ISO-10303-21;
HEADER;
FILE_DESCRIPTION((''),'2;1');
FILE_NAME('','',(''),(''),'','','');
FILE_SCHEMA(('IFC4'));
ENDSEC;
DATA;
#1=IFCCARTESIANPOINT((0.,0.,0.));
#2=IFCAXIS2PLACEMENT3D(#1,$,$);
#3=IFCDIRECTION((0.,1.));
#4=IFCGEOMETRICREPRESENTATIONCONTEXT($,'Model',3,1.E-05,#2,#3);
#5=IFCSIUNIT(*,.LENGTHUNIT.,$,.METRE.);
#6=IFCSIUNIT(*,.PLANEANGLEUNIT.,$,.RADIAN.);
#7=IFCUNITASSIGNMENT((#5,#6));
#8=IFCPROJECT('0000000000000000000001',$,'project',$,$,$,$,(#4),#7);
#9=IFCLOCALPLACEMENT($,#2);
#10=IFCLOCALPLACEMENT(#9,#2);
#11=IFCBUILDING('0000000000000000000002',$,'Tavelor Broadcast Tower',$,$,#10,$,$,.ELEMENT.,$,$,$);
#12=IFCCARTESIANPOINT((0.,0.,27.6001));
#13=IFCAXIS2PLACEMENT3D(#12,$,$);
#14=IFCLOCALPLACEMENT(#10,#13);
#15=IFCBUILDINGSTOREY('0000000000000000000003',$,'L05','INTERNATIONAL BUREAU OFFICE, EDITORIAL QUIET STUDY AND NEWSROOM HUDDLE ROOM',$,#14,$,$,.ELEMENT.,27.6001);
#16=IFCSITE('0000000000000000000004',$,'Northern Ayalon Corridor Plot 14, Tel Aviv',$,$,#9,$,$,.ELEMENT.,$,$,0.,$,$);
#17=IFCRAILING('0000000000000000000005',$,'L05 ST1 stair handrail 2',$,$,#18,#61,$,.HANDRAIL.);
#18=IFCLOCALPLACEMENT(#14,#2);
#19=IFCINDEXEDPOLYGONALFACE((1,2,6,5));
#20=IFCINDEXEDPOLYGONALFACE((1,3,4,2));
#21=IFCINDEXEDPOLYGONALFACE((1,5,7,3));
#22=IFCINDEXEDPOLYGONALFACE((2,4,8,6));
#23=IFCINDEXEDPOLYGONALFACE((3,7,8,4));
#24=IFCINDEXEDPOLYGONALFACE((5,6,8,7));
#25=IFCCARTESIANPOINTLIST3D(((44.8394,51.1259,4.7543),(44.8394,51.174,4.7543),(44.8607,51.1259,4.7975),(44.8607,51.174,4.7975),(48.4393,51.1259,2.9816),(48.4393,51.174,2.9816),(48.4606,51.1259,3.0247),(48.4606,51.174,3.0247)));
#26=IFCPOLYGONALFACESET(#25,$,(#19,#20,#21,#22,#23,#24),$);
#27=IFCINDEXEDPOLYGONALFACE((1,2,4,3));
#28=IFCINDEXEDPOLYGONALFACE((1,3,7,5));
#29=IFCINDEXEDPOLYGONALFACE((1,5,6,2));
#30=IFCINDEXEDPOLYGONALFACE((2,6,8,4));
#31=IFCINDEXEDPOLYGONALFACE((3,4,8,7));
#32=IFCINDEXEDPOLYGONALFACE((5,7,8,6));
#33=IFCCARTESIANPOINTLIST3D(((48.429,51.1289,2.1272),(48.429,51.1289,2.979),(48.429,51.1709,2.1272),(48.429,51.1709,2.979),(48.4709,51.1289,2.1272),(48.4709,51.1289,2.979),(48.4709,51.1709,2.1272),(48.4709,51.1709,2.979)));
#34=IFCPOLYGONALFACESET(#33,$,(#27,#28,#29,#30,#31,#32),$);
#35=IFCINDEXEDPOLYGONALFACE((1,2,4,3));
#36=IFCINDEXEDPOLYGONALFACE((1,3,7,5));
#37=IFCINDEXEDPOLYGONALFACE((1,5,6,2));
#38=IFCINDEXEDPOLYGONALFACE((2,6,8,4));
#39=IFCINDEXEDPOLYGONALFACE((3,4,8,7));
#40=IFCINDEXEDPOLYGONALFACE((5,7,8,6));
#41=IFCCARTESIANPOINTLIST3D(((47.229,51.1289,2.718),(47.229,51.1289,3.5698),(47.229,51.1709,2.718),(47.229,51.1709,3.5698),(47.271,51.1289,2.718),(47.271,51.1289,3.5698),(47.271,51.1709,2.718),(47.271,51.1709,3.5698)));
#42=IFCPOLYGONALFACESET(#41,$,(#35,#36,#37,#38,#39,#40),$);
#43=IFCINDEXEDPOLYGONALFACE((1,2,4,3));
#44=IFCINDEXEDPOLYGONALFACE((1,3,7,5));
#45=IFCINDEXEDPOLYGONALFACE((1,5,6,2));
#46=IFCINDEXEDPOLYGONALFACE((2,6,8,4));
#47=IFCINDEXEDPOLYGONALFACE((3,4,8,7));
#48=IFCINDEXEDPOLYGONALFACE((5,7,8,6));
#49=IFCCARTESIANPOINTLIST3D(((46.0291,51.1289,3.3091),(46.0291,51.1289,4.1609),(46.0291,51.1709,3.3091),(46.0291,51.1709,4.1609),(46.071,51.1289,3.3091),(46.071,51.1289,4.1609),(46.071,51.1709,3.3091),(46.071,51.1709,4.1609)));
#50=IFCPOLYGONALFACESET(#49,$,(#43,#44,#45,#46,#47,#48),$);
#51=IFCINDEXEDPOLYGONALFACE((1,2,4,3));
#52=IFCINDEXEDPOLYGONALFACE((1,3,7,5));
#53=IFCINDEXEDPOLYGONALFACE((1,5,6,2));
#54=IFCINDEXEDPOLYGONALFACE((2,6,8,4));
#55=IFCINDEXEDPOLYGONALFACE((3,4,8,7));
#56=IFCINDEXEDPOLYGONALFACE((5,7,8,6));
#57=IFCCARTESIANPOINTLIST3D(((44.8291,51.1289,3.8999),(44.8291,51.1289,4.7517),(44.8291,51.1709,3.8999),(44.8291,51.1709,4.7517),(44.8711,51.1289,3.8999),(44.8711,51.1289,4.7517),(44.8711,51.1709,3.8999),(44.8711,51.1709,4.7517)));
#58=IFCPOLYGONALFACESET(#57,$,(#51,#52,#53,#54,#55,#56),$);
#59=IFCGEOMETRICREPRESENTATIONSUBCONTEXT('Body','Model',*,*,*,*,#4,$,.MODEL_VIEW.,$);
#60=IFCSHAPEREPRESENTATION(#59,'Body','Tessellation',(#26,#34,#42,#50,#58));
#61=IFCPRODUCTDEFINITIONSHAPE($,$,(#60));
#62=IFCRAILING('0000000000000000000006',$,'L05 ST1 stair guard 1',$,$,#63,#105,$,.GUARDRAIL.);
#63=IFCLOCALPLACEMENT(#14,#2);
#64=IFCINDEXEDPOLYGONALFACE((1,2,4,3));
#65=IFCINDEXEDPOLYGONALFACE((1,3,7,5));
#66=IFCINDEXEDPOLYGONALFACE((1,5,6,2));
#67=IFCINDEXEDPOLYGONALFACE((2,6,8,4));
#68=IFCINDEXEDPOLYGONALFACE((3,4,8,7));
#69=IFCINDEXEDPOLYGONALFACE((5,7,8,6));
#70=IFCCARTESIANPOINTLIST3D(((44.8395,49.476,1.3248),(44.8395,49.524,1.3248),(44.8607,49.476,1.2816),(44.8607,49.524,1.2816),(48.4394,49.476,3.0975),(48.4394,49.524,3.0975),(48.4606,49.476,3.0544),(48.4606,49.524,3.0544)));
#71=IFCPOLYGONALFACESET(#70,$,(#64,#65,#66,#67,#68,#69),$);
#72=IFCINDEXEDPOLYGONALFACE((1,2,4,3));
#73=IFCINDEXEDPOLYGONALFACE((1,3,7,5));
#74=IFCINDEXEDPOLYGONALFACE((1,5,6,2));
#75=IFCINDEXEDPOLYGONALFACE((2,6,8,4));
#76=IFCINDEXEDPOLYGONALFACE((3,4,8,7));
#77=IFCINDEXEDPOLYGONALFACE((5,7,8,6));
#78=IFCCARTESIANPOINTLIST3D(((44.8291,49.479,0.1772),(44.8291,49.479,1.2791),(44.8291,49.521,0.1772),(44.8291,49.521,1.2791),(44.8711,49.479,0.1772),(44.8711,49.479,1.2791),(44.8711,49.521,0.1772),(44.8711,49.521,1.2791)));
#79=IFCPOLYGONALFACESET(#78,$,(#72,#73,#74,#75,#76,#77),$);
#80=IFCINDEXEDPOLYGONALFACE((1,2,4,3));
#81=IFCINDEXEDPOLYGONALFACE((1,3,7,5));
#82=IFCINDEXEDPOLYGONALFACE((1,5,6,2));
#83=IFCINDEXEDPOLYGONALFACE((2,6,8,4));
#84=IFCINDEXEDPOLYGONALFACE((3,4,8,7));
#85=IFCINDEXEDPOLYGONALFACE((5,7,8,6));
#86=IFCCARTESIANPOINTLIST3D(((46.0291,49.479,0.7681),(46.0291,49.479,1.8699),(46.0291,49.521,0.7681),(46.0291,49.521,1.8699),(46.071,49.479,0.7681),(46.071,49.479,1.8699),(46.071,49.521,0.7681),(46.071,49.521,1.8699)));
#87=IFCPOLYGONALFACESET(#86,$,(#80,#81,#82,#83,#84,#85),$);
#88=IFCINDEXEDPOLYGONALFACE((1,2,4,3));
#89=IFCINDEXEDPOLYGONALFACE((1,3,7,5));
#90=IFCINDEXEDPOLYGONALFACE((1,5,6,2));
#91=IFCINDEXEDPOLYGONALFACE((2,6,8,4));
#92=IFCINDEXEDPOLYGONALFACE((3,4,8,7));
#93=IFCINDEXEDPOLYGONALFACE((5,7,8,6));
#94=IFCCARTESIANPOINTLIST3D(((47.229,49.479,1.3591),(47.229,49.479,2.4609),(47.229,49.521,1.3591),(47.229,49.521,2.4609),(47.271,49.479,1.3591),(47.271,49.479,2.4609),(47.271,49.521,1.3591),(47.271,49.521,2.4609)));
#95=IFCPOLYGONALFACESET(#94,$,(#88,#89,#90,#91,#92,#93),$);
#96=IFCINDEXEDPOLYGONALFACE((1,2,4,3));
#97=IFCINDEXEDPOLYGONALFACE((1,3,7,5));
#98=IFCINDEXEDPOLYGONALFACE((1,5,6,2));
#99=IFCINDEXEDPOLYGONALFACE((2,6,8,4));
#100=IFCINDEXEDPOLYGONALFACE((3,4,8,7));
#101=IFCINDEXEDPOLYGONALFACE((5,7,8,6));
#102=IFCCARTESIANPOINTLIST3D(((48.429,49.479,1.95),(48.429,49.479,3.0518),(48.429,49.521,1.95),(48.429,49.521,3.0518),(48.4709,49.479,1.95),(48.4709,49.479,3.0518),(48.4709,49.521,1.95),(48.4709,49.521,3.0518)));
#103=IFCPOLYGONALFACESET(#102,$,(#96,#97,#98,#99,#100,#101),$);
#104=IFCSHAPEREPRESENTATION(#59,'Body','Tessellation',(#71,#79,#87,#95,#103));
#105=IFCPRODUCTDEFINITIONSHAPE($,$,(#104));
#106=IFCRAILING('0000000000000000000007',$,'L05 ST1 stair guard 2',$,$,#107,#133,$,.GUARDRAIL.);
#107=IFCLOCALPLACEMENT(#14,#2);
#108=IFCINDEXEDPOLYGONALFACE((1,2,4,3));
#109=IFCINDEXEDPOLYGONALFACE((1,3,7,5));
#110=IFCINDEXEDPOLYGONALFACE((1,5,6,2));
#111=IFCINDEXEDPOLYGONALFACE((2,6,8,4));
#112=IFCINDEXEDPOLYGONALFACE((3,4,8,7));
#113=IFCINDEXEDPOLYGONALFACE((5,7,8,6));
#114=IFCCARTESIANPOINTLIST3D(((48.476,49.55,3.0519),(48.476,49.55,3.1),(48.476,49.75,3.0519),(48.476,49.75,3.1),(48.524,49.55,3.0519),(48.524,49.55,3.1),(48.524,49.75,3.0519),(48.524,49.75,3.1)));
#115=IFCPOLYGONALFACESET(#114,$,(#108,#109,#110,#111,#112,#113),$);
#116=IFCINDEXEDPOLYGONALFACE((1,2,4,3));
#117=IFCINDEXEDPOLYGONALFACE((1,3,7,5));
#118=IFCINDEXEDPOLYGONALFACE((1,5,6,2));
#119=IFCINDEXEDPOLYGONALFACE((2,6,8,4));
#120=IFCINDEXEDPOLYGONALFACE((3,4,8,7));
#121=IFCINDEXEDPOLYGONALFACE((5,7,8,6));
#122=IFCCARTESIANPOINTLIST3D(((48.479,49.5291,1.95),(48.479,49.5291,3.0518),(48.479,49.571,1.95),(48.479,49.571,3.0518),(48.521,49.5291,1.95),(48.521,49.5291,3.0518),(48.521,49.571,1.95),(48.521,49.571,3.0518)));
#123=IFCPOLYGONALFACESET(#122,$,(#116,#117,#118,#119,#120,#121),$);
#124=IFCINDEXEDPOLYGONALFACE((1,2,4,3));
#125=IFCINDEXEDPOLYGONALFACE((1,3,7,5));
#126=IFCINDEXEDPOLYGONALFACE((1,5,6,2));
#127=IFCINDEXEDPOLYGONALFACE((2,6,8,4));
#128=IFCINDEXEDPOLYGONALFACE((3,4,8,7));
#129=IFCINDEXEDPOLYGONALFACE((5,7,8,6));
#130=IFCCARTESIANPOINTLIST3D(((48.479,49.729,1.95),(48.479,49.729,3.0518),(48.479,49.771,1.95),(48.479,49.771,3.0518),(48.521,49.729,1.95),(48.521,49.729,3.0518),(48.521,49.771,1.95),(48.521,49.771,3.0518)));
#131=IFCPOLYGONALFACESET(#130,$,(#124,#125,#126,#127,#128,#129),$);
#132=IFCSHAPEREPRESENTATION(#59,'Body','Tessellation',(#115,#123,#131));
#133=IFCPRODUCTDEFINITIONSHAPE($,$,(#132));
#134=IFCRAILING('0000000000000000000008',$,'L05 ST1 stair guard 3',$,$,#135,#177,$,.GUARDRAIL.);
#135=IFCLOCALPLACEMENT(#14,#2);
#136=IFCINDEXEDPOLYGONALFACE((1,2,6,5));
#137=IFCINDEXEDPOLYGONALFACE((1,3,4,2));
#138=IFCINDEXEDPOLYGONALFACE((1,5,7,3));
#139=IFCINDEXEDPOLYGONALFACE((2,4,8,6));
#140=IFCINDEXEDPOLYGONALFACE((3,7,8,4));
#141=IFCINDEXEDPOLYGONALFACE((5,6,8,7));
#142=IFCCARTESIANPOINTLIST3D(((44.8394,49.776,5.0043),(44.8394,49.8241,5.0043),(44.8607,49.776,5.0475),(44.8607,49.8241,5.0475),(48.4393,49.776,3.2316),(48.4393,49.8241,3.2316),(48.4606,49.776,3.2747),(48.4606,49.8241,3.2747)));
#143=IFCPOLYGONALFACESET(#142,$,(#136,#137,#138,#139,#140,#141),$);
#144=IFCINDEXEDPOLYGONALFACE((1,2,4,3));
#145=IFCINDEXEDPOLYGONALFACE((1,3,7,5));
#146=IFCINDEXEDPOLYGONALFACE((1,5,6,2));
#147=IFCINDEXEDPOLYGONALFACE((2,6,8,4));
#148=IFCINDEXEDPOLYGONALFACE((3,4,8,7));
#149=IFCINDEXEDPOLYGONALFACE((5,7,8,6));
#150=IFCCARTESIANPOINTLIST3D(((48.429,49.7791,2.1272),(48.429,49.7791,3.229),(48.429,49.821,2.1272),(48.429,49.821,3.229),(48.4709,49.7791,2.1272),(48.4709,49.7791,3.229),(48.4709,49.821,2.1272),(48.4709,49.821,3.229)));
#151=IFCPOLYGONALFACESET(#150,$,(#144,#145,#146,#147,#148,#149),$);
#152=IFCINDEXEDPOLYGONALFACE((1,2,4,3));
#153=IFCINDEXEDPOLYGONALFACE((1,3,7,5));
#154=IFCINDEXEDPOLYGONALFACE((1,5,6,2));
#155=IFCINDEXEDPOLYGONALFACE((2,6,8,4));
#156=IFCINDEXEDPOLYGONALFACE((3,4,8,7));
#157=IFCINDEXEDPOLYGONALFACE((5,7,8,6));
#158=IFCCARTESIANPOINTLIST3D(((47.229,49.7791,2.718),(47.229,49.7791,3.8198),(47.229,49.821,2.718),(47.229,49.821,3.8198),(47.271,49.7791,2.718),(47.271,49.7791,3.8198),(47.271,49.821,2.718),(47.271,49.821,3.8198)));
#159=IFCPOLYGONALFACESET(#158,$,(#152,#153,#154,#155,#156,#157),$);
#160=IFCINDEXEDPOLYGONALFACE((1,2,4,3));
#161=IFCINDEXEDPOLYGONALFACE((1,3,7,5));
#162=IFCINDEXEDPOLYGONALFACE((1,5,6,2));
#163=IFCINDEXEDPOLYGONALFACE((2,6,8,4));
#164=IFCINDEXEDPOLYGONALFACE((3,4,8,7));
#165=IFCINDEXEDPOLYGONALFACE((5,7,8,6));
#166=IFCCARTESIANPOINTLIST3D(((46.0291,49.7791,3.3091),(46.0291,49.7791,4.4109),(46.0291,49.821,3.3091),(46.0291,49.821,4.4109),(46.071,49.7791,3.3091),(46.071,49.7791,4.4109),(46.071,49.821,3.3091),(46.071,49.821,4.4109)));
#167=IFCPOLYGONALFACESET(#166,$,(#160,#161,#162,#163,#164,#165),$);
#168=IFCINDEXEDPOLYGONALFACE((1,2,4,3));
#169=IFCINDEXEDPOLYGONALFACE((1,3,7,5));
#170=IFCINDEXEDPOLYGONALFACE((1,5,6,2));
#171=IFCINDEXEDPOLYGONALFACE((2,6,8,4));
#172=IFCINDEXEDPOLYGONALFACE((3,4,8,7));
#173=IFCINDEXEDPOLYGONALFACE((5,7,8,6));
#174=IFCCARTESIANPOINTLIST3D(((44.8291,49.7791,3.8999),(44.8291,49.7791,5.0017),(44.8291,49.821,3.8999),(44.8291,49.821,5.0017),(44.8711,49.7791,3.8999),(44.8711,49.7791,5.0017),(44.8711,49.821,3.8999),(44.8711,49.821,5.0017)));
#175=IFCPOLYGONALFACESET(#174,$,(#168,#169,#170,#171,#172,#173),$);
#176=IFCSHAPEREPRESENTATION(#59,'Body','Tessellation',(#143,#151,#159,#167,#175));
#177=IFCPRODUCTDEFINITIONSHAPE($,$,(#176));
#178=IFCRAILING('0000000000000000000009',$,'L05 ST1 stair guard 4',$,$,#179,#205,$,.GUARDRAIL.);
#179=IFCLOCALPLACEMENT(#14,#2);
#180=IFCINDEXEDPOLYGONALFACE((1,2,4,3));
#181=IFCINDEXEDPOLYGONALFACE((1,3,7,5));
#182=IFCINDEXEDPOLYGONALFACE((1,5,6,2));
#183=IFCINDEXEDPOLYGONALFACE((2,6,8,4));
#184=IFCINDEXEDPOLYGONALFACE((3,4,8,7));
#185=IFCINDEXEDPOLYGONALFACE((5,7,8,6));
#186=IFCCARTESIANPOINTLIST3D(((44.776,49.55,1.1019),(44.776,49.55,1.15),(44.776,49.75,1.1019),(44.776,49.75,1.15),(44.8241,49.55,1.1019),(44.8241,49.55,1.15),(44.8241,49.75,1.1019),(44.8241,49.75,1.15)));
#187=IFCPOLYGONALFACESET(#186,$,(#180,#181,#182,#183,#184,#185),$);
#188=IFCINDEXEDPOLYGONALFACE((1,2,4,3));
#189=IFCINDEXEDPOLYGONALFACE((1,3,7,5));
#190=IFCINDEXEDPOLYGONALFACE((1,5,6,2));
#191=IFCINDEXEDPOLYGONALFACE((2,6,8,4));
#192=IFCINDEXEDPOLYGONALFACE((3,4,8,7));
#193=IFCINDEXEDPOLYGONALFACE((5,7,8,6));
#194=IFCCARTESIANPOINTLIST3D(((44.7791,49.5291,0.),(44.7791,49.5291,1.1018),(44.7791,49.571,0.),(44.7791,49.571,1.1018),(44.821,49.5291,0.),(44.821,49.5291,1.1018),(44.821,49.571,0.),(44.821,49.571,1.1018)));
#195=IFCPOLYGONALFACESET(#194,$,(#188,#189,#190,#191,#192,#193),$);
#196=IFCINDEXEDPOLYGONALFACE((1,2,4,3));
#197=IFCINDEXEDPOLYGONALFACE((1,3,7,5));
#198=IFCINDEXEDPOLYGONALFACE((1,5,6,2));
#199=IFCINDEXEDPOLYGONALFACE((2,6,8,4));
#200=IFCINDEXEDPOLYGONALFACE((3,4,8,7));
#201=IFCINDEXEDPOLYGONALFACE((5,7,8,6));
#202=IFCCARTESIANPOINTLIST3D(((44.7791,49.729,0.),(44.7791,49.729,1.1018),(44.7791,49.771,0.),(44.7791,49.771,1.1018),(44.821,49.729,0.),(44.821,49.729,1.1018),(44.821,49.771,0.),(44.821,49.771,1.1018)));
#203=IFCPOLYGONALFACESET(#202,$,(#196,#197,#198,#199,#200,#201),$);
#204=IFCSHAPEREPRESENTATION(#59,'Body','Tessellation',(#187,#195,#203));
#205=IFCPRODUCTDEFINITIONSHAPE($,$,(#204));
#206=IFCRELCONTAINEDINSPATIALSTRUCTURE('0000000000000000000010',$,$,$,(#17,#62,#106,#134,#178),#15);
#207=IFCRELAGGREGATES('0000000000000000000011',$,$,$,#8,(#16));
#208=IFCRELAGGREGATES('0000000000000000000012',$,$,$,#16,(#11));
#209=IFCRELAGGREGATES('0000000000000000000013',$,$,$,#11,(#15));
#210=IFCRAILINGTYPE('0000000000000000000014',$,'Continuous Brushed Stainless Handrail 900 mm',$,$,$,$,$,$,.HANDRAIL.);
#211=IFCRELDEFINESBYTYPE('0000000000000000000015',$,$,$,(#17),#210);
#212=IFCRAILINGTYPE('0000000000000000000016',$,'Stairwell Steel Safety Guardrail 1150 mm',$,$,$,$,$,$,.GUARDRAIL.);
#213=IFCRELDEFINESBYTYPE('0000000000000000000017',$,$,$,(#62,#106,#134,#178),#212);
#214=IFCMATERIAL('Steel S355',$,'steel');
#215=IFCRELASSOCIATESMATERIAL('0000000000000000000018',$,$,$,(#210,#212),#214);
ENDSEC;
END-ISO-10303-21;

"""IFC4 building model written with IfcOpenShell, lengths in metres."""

from ifc_helpers import new_model, si_unit, direction, frame, origin, origin_2d, place, context, subcontext, project, spatial, rectangle, extrude, material, type_object, element, save


model = new_model("IFC4")

# Units and contexts
model_context = context("Model", 3, precision=1e-05, world=origin(), true_north=direction((0.0, 1.0)))
body_context = subcontext(model_context, "Body", "Model", "MODEL_VIEW")
ifc_project = project(units=[si_unit("LENGTHUNIT", "METRE"), si_unit("PLANEANGLEUNIT", "RADIAN")], contexts=[model_context])

# Site, building, storey
site_placement = place(None, origin())
site = spatial("IfcSite", under=ifc_project, at=site_placement, Name="Northern Ayalon Corridor Plot 14, Tel Aviv", CompositionType="ELEMENT", RefElevation=0.0)
building_placement = place(site_placement, origin())
building = spatial("IfcBuilding", under=site, at=building_placement, Name="Tavelor Broadcast Tower", CompositionType="ELEMENT")
storey_placement = place(building_placement, frame((0.0, 0.0, 27.6001)))
storey = spatial("IfcBuildingStorey", under=building, at=storey_placement, Name="L05", Description="INTERNATIONAL BUREAU OFFICE, EDITORIAL QUIET STUDY AND NEWSROOM HUDDLE ROOM", CompositionType="ELEMENT", Elevation=27.6001)

# Shared definitions
ifc_material_1 = material(Name="Steel S355", Category="steel")

# Railings
railing_type_1 = type_object("IfcRailingType", Name="Continuous Brushed Stainless Handrail 900 mm", PredefinedType="HANDRAIL", material=ifc_material_1)
railing_1_placement = place(storey_placement, frame((48.45, 51.1499, 2.1272)))
element("IfcRailing", 1, at=railing_1_placement, inside=storey, type_object=railing_type_1, Name="L05 ST1 stair handrail 2", PredefinedType="HANDRAIL", context=body_context, shape_type="SweptSolid", body=[
    extrude(rectangle(XDim=0.0481, YDim=0.0481, at=origin_2d()), frame((0.0, 0.0, 0.876), z_axis=(-0.897124, 0.0, 0.441778), x_axis=(0.0, -1.0, 0.0)), (0.0, 0.0, 1.0), 4.0127),
    extrude(rectangle(XDim=0.042, YDim=0.042, at=origin_2d()), origin(), (0.0, 0.0, 1.0), 0.8518),
    extrude(rectangle(XDim=0.042, YDim=0.042, at=origin_2d()), frame((-1.2, 0.0, 0.5908)), (0.0, 0.0, 1.0), 0.8518),
    extrude(rectangle(XDim=0.042, YDim=0.042, at=origin_2d()), frame((-2.3999, 0.0, 1.1819)), (0.0, 0.0, 1.0), 0.8518),
    extrude(rectangle(XDim=0.042, YDim=0.042, at=origin_2d()), frame((-3.5999, 0.0, 1.7727)), (0.0, 0.0, 1.0), 0.8518),
])
railing_type_2 = type_object("IfcRailingType", Name="Stairwell Steel Safety Guardrail 1150 mm", PredefinedType="GUARDRAIL", material=ifc_material_1)
railing_2_placement = place(storey_placement, frame((44.8501, 49.5, 0.1772)))
element("IfcRailing", 2, at=railing_2_placement, inside=storey, type_object=railing_type_2, Name="L05 ST1 stair guard 1", PredefinedType="GUARDRAIL", context=body_context, shape_type="SweptSolid", body=[
    extrude(rectangle(XDim=0.0481, YDim=0.0481, at=origin_2d()), frame((0.0, 0.0, 1.126), z_axis=(0.897124, 0.0, 0.441778), x_axis=(0.0, 1.0, 0.0)), (0.0, 0.0, 1.0), 4.0127),
    extrude(rectangle(XDim=0.042, YDim=0.042, at=origin_2d()), origin(), (0.0, 0.0, 1.0), 1.1018),
    extrude(rectangle(XDim=0.042, YDim=0.042, at=origin_2d()), frame((1.2, 0.0, 0.5908)), (0.0, 0.0, 1.0), 1.1018),
    extrude(rectangle(XDim=0.042, YDim=0.042, at=origin_2d()), frame((2.3999, 0.0, 1.1819)), (0.0, 0.0, 1.0), 1.1018),
    extrude(rectangle(XDim=0.042, YDim=0.042, at=origin_2d()), frame((3.5999, 0.0, 1.7727)), (0.0, 0.0, 1.0), 1.1018),
])
railing_3_placement = place(storey_placement, frame((48.5, 49.55, 1.95)))
element("IfcRailing", 3, at=railing_3_placement, inside=storey, type_object=railing_type_2, Name="L05 ST1 stair guard 2", PredefinedType="GUARDRAIL", context=body_context, shape_type="SweptSolid", body=[
    extrude(rectangle(XDim=0.0481, YDim=0.0481, at=origin_2d()), frame((0.0, 0.0, 1.126), z_axis=(0.0, 1.0, 0.0), x_axis=(-1.0, 0.0, 0.0)), (0.0, 0.0, 1.0), 0.2),
    extrude(rectangle(XDim=0.042, YDim=0.042, at=origin_2d()), origin(), (0.0, 0.0, 1.0), 1.1018),
    extrude(rectangle(XDim=0.042, YDim=0.042, at=origin_2d()), frame((0.0, 0.2, 0.0)), (0.0, 0.0, 1.0), 1.1018),
])
railing_4_placement = place(storey_placement, frame((48.45, 49.8, 2.1272)))
element("IfcRailing", 4, at=railing_4_placement, inside=storey, type_object=railing_type_2, Name="L05 ST1 stair guard 3", PredefinedType="GUARDRAIL", context=body_context, shape_type="SweptSolid", body=[
    extrude(rectangle(XDim=0.0481, YDim=0.0481, at=origin_2d()), frame((0.0, 0.0, 1.126), z_axis=(-0.897124, 0.0, 0.441778), x_axis=(0.0, -1.0, 0.0)), (0.0, 0.0, 1.0), 4.0127),
    extrude(rectangle(XDim=0.042, YDim=0.042, at=origin_2d()), origin(), (0.0, 0.0, 1.0), 1.1018),
    extrude(rectangle(XDim=0.042, YDim=0.042, at=origin_2d()), frame((-1.2, 0.0, 0.5908)), (0.0, 0.0, 1.0), 1.1018),
    extrude(rectangle(XDim=0.042, YDim=0.042, at=origin_2d()), frame((-2.3999, 0.0, 1.1819)), (0.0, 0.0, 1.0), 1.1018),
    extrude(rectangle(XDim=0.042, YDim=0.042, at=origin_2d()), frame((-3.5999, 0.0, 1.7727)), (0.0, 0.0, 1.0), 1.1018),
])
railing_5_placement = place(storey_placement, frame((44.8, 49.55, 0.0)))
element("IfcRailing", 5, at=railing_5_placement, inside=storey, type_object=railing_type_2, Name="L05 ST1 stair guard 4", PredefinedType="GUARDRAIL", context=body_context, shape_type="SweptSolid", body=[
    extrude(rectangle(XDim=0.0481, YDim=0.0481, at=origin_2d()), frame((0.0, 0.0, 1.126), z_axis=(0.0, 1.0, 0.0), x_axis=(-1.0, 0.0, 0.0)), (0.0, 0.0, 1.0), 0.2),
    extrude(rectangle(XDim=0.042, YDim=0.042, at=origin_2d()), origin(), (0.0, 0.0, 1.0), 1.1018),
    extrude(rectangle(XDim=0.042, YDim=0.042, at=origin_2d()), frame((0.0, 0.2, 0.0)), (0.0, 0.0, 1.0), 1.1018),
])

save(model, "model.ifc")
